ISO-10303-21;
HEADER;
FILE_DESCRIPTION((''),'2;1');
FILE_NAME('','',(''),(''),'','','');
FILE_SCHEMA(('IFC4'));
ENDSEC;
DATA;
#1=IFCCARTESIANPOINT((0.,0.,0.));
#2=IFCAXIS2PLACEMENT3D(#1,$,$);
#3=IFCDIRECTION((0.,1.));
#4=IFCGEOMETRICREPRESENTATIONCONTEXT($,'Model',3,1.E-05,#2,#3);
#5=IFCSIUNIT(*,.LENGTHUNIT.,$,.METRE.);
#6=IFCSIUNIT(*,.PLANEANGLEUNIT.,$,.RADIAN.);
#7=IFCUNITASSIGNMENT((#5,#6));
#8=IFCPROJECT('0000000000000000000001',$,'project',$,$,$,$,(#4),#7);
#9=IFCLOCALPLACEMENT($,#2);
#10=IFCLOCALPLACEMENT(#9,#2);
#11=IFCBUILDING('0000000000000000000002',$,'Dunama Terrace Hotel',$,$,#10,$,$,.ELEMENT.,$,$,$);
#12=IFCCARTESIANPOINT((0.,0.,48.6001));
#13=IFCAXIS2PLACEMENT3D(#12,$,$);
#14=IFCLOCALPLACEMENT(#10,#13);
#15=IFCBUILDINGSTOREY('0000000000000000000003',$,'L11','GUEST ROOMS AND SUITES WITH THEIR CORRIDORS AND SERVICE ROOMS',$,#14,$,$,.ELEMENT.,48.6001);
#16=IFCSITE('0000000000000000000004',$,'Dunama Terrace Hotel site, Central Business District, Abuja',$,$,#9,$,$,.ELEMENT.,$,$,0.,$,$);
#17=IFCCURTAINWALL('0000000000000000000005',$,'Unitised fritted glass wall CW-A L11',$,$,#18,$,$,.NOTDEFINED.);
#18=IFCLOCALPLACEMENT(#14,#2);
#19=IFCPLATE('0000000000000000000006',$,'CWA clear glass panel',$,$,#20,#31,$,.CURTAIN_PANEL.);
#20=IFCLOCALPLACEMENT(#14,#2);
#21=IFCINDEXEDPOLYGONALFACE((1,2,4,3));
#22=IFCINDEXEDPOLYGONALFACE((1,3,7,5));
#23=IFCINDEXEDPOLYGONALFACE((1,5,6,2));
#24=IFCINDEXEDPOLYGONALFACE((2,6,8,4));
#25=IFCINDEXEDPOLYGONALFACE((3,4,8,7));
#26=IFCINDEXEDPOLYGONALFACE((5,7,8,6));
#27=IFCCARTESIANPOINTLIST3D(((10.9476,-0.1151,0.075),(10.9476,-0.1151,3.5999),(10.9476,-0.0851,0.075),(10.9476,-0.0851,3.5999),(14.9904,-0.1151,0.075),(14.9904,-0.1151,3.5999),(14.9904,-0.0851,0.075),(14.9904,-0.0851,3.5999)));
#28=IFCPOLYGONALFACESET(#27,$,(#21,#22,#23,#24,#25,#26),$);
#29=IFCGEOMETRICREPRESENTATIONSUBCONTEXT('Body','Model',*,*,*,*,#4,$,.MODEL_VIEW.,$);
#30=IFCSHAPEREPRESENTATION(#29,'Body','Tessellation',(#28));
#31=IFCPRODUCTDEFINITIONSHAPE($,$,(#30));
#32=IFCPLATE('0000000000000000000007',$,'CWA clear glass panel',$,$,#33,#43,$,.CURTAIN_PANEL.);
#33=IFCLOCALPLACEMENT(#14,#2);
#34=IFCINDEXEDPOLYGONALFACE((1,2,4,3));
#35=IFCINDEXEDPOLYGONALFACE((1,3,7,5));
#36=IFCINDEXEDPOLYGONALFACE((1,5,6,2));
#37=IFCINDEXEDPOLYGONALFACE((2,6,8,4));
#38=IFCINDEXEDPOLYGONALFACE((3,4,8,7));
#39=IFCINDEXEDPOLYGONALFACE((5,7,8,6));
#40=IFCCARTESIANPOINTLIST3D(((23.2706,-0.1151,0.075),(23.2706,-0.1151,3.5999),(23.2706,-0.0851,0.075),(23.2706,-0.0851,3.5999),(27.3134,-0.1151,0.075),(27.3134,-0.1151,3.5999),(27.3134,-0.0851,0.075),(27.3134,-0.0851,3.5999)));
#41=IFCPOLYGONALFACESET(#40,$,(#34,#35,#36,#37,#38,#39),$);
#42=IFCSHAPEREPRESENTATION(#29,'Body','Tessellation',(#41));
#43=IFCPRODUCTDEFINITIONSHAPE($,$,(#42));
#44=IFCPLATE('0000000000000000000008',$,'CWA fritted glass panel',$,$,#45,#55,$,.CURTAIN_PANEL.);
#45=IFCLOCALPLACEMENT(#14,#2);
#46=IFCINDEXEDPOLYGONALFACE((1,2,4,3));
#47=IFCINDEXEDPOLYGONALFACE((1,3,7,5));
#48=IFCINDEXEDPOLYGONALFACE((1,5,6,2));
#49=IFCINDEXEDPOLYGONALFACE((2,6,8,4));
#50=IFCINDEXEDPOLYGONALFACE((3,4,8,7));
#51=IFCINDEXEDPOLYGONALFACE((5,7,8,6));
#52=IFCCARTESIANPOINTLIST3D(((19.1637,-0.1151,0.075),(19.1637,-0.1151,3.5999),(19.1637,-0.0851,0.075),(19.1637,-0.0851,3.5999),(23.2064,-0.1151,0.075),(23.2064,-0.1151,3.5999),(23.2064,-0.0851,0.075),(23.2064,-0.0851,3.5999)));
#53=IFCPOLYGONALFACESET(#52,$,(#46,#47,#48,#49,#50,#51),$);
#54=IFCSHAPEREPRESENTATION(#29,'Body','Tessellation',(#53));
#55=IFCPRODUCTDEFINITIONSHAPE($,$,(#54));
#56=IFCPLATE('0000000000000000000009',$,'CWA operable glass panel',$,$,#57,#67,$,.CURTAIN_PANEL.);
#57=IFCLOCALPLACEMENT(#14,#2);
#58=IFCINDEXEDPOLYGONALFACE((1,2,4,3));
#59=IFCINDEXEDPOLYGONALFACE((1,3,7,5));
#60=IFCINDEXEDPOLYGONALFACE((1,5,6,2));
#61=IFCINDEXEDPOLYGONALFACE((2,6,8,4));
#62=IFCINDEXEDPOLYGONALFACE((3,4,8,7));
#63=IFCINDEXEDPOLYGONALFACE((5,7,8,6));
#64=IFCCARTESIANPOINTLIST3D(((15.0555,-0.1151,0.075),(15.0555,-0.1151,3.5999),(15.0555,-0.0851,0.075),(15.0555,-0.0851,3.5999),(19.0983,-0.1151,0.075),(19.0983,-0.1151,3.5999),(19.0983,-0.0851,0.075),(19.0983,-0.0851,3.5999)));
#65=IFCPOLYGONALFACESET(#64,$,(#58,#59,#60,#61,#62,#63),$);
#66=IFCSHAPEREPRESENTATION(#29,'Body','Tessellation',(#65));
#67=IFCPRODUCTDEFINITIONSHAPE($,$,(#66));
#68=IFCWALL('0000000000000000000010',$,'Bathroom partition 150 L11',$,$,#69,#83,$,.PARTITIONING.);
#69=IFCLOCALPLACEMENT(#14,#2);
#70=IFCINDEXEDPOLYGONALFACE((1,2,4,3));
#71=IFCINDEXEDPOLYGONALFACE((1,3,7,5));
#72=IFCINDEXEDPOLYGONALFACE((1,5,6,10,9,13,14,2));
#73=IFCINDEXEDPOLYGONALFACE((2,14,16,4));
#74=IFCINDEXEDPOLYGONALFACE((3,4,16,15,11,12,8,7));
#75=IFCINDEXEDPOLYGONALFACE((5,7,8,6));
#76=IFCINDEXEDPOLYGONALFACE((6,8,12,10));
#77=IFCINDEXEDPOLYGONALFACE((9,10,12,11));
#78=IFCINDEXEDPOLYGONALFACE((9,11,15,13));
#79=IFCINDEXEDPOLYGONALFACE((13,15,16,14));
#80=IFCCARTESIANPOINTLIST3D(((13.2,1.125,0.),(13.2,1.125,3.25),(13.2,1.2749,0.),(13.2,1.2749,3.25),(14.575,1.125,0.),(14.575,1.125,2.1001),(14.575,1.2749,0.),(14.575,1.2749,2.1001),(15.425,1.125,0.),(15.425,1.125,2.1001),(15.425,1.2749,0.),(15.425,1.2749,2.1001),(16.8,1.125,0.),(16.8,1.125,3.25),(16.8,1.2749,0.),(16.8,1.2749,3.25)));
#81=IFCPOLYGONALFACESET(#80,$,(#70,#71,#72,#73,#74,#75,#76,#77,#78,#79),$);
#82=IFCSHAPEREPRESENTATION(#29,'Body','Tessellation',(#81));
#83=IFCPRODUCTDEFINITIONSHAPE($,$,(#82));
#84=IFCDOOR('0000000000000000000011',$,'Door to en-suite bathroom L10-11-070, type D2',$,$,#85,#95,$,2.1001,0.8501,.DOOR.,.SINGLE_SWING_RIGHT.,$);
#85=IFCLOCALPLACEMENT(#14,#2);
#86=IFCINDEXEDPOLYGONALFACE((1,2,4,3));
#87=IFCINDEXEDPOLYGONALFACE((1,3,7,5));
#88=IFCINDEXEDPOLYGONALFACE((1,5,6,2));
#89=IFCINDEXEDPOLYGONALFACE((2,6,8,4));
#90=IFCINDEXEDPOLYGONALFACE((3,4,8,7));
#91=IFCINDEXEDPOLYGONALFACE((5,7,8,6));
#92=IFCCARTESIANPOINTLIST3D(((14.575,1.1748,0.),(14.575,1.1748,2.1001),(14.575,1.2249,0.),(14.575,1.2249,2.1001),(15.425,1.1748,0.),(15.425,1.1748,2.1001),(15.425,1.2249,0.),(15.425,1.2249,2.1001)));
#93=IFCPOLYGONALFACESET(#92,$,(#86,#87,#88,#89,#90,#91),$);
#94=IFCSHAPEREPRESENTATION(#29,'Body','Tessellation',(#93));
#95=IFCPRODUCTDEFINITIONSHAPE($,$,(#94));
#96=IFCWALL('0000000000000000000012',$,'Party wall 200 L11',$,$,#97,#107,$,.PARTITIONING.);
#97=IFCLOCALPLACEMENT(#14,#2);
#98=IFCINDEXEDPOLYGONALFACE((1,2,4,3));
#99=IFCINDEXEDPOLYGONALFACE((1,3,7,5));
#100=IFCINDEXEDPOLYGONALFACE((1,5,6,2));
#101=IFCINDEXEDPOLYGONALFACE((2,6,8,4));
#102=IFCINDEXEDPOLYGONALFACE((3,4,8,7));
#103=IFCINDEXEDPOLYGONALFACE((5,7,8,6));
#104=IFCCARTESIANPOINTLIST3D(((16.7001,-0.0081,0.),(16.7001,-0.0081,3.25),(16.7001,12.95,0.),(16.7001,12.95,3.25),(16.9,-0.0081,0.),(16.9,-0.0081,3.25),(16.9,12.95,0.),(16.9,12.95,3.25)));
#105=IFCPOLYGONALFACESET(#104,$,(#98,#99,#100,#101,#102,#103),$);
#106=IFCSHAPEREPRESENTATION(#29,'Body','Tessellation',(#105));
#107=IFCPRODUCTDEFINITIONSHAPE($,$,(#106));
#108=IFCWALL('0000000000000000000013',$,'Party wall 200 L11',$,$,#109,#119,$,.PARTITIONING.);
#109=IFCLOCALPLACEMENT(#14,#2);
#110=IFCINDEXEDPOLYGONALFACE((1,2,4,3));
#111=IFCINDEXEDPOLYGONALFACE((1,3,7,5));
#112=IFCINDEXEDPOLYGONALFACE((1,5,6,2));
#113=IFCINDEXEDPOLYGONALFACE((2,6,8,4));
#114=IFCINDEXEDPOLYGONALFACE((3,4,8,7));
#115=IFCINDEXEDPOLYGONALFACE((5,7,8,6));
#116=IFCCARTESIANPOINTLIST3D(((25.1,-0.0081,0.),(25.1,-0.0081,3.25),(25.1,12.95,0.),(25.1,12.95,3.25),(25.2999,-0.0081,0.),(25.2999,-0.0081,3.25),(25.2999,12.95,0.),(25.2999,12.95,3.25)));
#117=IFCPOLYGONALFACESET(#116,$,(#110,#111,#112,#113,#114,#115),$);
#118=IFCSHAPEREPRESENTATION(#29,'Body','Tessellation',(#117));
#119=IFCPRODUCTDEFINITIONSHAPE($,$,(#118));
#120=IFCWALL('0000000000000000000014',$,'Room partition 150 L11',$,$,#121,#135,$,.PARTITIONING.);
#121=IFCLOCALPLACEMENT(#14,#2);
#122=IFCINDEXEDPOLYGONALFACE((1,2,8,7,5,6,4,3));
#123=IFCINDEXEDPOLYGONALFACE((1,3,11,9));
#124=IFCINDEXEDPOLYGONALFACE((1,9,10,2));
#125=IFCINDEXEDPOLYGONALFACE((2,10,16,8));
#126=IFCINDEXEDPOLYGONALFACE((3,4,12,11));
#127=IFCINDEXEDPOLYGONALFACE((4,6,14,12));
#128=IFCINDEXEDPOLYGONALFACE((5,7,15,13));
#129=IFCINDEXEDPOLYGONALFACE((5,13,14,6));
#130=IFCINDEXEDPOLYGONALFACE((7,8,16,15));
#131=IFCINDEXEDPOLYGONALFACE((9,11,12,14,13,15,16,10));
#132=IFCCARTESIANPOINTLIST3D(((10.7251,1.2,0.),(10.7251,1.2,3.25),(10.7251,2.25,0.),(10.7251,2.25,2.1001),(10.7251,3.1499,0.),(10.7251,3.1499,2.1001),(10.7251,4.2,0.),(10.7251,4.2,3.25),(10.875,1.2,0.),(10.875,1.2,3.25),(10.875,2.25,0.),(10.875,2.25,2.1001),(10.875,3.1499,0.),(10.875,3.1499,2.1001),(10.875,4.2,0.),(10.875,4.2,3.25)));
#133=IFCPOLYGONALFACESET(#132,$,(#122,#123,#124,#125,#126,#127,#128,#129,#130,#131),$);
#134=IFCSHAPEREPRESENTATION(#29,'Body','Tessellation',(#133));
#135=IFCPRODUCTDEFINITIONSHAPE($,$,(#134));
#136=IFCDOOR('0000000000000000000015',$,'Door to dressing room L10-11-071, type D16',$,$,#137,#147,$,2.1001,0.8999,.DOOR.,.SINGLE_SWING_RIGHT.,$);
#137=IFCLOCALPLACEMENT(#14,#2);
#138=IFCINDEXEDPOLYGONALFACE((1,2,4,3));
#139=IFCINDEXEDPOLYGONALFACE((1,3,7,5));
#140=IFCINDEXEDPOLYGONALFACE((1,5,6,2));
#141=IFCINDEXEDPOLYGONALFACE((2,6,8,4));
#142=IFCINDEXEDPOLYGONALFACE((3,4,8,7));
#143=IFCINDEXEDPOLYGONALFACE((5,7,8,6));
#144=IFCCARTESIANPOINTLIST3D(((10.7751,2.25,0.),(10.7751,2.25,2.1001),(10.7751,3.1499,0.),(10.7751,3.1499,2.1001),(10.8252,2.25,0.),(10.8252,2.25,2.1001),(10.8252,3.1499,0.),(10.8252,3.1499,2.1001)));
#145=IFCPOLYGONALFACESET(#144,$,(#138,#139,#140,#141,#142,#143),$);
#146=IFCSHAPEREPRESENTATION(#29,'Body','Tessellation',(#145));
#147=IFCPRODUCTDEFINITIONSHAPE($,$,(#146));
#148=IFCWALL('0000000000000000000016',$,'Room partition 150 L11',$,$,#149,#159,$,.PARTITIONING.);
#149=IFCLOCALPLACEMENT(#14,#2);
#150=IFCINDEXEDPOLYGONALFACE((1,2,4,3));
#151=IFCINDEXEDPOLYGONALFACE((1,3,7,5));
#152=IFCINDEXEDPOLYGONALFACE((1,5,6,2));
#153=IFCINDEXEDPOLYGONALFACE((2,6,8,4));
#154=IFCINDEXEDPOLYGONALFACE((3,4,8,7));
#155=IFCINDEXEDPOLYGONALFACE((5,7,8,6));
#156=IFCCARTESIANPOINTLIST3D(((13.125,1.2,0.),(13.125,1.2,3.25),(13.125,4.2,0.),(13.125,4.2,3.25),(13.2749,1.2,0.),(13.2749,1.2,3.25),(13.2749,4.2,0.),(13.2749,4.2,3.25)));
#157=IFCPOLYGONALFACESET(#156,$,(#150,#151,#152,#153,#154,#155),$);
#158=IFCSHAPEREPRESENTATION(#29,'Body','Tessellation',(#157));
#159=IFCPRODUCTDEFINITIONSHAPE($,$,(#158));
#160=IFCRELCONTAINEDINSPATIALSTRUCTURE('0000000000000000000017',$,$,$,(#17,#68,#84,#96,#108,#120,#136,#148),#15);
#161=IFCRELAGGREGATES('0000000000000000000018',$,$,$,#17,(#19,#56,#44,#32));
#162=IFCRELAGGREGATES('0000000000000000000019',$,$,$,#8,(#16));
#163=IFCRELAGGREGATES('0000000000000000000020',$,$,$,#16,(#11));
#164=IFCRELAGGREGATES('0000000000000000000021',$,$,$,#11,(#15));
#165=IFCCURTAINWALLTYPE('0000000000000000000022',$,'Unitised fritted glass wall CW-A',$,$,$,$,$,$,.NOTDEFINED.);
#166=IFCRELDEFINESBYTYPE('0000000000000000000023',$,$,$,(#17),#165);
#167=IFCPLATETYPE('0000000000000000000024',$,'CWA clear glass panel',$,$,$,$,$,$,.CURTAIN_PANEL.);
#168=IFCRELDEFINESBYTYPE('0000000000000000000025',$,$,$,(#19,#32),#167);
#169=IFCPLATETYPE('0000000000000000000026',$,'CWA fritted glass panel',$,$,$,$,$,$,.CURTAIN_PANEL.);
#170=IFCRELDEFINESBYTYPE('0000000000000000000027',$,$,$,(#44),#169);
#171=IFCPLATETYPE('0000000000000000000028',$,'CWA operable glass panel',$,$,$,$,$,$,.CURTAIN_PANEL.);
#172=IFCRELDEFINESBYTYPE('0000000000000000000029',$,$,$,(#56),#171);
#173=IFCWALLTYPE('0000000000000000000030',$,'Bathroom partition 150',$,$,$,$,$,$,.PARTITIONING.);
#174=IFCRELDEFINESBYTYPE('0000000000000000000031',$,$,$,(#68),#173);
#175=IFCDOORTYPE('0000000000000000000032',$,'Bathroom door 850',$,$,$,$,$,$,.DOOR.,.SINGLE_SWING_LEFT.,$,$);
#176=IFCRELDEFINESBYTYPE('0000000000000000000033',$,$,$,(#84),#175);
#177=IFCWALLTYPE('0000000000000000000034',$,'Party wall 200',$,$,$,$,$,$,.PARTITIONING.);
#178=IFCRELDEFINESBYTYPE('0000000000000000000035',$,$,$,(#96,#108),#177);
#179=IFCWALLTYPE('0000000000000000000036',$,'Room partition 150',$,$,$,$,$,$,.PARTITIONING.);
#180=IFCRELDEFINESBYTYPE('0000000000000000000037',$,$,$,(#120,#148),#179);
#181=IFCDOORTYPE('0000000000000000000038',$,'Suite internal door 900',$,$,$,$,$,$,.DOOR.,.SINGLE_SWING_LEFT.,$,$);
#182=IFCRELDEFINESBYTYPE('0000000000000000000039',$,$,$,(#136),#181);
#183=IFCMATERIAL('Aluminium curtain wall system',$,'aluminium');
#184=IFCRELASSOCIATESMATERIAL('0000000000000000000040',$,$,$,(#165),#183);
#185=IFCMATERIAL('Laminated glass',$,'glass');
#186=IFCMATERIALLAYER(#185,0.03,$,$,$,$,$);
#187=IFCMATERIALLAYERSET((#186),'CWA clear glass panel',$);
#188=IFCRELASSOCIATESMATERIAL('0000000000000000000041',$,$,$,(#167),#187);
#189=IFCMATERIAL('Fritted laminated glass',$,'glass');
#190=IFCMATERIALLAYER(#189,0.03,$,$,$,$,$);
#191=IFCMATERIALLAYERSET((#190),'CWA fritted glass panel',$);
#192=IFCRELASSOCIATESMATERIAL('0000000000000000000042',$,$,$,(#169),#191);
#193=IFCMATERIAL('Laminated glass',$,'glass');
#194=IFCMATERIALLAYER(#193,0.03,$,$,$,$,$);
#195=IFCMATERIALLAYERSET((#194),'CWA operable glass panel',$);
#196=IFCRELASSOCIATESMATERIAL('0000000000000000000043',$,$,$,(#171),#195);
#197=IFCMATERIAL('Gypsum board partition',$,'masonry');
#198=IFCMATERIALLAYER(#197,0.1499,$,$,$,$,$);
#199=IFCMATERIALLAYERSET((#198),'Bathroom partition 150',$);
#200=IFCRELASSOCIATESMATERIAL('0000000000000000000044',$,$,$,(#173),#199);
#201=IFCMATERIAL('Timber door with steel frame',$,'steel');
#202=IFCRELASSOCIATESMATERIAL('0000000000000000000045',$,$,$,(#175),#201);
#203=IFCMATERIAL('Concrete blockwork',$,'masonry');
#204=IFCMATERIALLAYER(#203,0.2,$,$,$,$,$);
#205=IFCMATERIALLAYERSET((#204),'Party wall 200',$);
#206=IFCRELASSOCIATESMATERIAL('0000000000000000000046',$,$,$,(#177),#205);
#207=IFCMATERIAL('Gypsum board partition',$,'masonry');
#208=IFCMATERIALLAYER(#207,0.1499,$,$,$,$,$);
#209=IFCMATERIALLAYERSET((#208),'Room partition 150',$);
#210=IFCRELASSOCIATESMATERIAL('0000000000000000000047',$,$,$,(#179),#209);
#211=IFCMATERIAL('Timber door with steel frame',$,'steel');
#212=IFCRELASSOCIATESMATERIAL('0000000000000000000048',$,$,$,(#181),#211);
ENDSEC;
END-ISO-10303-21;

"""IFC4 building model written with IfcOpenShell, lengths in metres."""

from ifc_helpers import new_model, si_unit, direction, frame, frame_2d, origin, origin_2d, place, context, subcontext, project, spatial, rectangle, extrude, material, layer, layer_set, type_object, element, fill, aggregate, save


model = new_model("IFC4")

# Units and contexts
model_context = context("Model", 3, precision=1e-05, world=origin(), true_north=direction((0.0, 1.0)))
body_context = subcontext(model_context, "Body", "Model", "MODEL_VIEW")
ifc_project = project(units=[si_unit("LENGTHUNIT", "METRE"), si_unit("PLANEANGLEUNIT", "RADIAN")], contexts=[model_context])

# Site, building, storey
site_placement = place(None, origin())
site = spatial("IfcSite", under=ifc_project, at=site_placement, Name="Dunama Terrace Hotel site, Central Business District, Abuja", CompositionType="ELEMENT", RefElevation=0.0)
building_placement = place(site_placement, origin())
building = spatial("IfcBuilding", under=site, at=building_placement, Name="Dunama Terrace Hotel", CompositionType="ELEMENT")
storey_placement = place(building_placement, frame((0.0, 0.0, 48.6001)))
storey = spatial("IfcBuildingStorey", under=building, at=storey_placement, Name="L11", Description="GUEST ROOMS AND SUITES WITH THEIR CORRIDORS AND SERVICE ROOMS", CompositionType="ELEMENT", Elevation=48.6001)

# Curtain wall
ifc_material_1 = material(Name="Aluminium curtain wall system", Category="aluminium")
curtain_wall_type = type_object("IfcCurtainWallType", Name="Unitised fritted glass wall CW-A", PredefinedType="NOTDEFINED", material=ifc_material_1)
curtain_wall_placement = place(storey_placement, origin())
curtain_wall = element("IfcCurtainWall", 1, at=curtain_wall_placement, inside=storey, type_object=curtain_wall_type, Name="Unitised fritted glass wall CW-A L11", PredefinedType="NOTDEFINED")

# Plates
ifc_material_2 = material(Name="Laminated glass", Category="glass")
ifc_layer_1 = layer(ifc_material_2, 0.03)
ifc_layer_set_1 = layer_set([ifc_layer_1], Name="CWA clear glass panel")
plate_type_1 = type_object("IfcPlateType", Name="CWA clear glass panel", PredefinedType="CURTAIN_PANEL", material=ifc_layer_set_1)
plate_1_placement = place(storey_placement, frame((12.969, -0.1001, 0.075), z_axis=(0.0, 0.0, 1.0), x_axis=(1.0, 0.0, 0.0)))
plate_1 = element("IfcPlate", 2, at=plate_1_placement, type_object=plate_type_1, Name="CWA clear glass panel", PredefinedType="CURTAIN_PANEL", context=body_context, shape_type="SweptSolid", body=[
    extrude(rectangle(XDim=4.0427, YDim=0.03, at=origin_2d()), origin(), (0.0, 0.0, 1.0), 3.5249),
])
plate_2_placement = place(storey_placement, frame((25.292, -0.1001, 0.075), z_axis=(0.0, 0.0, 1.0), x_axis=(1.0, 0.0, 0.0)))
plate_2 = element("IfcPlate", 3, at=plate_2_placement, type_object=plate_type_1, Name="CWA clear glass panel", PredefinedType="CURTAIN_PANEL", context=body_context, shape_type="SweptSolid", body=[
    extrude(rectangle(XDim=4.0427, YDim=0.03, at=origin_2d()), origin(), (0.0, 0.0, 1.0), 3.5249),
])
ifc_material_3 = material(Name="Fritted laminated glass", Category="glass")
ifc_layer_2 = layer(ifc_material_3, 0.03)
ifc_layer_set_2 = layer_set([ifc_layer_2], Name="CWA fritted glass panel")
plate_type_2 = type_object("IfcPlateType", Name="CWA fritted glass panel", PredefinedType="CURTAIN_PANEL", material=ifc_layer_set_2)
plate_3_placement = place(storey_placement, frame((21.1851, -0.1001, 0.075), z_axis=(0.0, 0.0, 1.0), x_axis=(1.0, 0.0, 0.0)))
plate_3 = element("IfcPlate", 4, at=plate_3_placement, type_object=plate_type_2, Name="CWA fritted glass panel", PredefinedType="CURTAIN_PANEL", context=body_context, shape_type="SweptSolid", body=[
    extrude(rectangle(XDim=4.0427, YDim=0.03, at=origin_2d()), origin(), (0.0, 0.0, 1.0), 3.5249),
])
ifc_material_4 = material(Name="Laminated glass", Category="glass")
ifc_layer_3 = layer(ifc_material_4, 0.03)
ifc_layer_set_3 = layer_set([ifc_layer_3], Name="CWA operable glass panel")
plate_type_3 = type_object("IfcPlateType", Name="CWA operable glass panel", PredefinedType="CURTAIN_PANEL", material=ifc_layer_set_3)
plate_4_placement = place(storey_placement, frame((17.0769, -0.1001, 0.075), z_axis=(0.0, 0.0, 1.0), x_axis=(1.0, 0.0, 0.0)))
plate_4 = element("IfcPlate", 5, at=plate_4_placement, type_object=plate_type_3, Name="CWA operable glass panel", PredefinedType="CURTAIN_PANEL", context=body_context, shape_type="SweptSolid", body=[
    extrude(rectangle(XDim=4.0427, YDim=0.03, at=origin_2d()), origin(), (0.0, 0.0, 1.0), 3.5249),
])
aggregate(curtain_wall, [plate_1, plate_4, plate_3, plate_2])

# Wall, opening, door
ifc_material_5 = material(Name="Gypsum board partition", Category="masonry")
ifc_layer_4 = layer(ifc_material_5, 0.1499)
ifc_layer_set_4 = layer_set([ifc_layer_4], Name="Bathroom partition 150")
wall_type_1 = type_object("IfcWallType", Name="Bathroom partition 150", PredefinedType="PARTITIONING", material=ifc_layer_set_4)
wall_1_placement = place(storey_placement, frame((13.2, 1.2, 0.0), z_axis=(0.0, 0.0, 1.0), x_axis=(1.0, 0.0, 0.0)))
wall_1 = element("IfcWall", 6, at=wall_1_placement, inside=storey, type_object=wall_type_1, Name="Bathroom partition 150 L11", PredefinedType="PARTITIONING", context=body_context, shape_type="SweptSolid", body=[
    extrude(rectangle(XDim=3.6001, YDim=0.1499, at=frame_2d((1.8, 0.0))), origin(), (0.0, 0.0, 1.0), 3.25),
])
opening_1_placement = place(wall_1_placement, frame((1.375, 0.0, 0.0)))
opening_1 = element("IfcOpeningElement", 7, at=opening_1_placement, cuts=wall_1, PredefinedType="OPENING", context=body_context, shape_type="SweptSolid", body=[
    extrude(rectangle(XDim=0.8501, YDim=2.1001, at=frame_2d((0.425, 1.05))), frame((0.0, 0.085, 0.0), z_axis=(0.0, -1.0, 0.0), x_axis=(1.0, 0.0, 0.0)), (0.0, 0.0, 1.0), 0.1699),
])
ifc_material_6 = material(Name="Timber door with steel frame", Category="steel")
door_type_1 = type_object("IfcDoorType", Name="Bathroom door 850", OperationType="SINGLE_SWING_LEFT", PredefinedType="DOOR", material=ifc_material_6)
door_1_placement = place(opening_1_placement, origin())
door_1 = element("IfcDoor", 8, at=door_1_placement, inside=storey, type_object=door_type_1, Name="Door to en-suite bathroom L10-11-070, type D2", OperationType="SINGLE_SWING_RIGHT", OverallHeight=2.1001, OverallWidth=0.8501, PredefinedType="DOOR", context=body_context, shape_type="SweptSolid", body=[
    extrude(rectangle(XDim=0.8501, YDim=2.1001, at=frame_2d((0.425, 1.05))), frame((0.0, 0.0249, 0.0), z_axis=(0.0, -1.0, 0.0), x_axis=(1.0, 0.0, 0.0)), (0.0, 0.0, 1.0), 0.05),
])
fill(opening_1, door_1)

# Walls
ifc_material_7 = material(Name="Concrete blockwork", Category="masonry")
ifc_layer_5 = layer(ifc_material_7, 0.2)
ifc_layer_set_5 = layer_set([ifc_layer_5], Name="Party wall 200")
wall_type_2 = type_object("IfcWallType", Name="Party wall 200", PredefinedType="PARTITIONING", material=ifc_layer_set_5)
for number, where, z_axis, x_axis, name in (
    (9, (16.8, -0.0081, 0.0), (0.0, 0.0, 1.0), (0.0, 1.0, 0.0), "Party wall 200 L11"),
    (10, (25.2, -0.0081, 0.0), (0.0, 0.0, 1.0), (0.0, 1.0, 0.0), "Party wall 200 L11"),
):
    element("IfcWall", number, at=place(storey_placement, frame(where, z_axis=z_axis, x_axis=x_axis)), inside=storey, type_object=wall_type_2, Name=name, PredefinedType="PARTITIONING", context=body_context, shape_type="SweptSolid", body=[
        extrude(rectangle(XDim=12.958, YDim=0.2, at=frame_2d((6.479, 0.0))), origin(), (0.0, 0.0, 1.0), 3.25),
    ])

# Wall, opening, door
ifc_material_8 = material(Name="Gypsum board partition", Category="masonry")
ifc_layer_6 = layer(ifc_material_8, 0.1499)
ifc_layer_set_6 = layer_set([ifc_layer_6], Name="Room partition 150")
wall_type_3 = type_object("IfcWallType", Name="Room partition 150", PredefinedType="PARTITIONING", material=ifc_layer_set_6)
wall_2_placement = place(storey_placement, frame((10.8, 1.2, 0.0), z_axis=(0.0, 0.0, 1.0), x_axis=(0.0, 1.0, 0.0)))
wall_2 = element("IfcWall", 11, at=wall_2_placement, inside=storey, type_object=wall_type_3, Name="Room partition 150 L11", PredefinedType="PARTITIONING", context=body_context, shape_type="SweptSolid", body=[
    extrude(rectangle(XDim=3.0, YDim=0.1499, at=frame_2d((1.5, 0.0))), origin(), (0.0, 0.0, 1.0), 3.25),
])
opening_2_placement = place(wall_2_placement, frame((1.05, 0.0, 0.0)))
opening_2 = element("IfcOpeningElement", 12, at=opening_2_placement, cuts=wall_2, PredefinedType="OPENING", context=body_context, shape_type="SweptSolid", body=[
    extrude(rectangle(XDim=0.8999, YDim=2.1001, at=frame_2d((0.45, 1.05))), frame((0.0, 0.085, 0.0), z_axis=(0.0, -1.0, 0.0), x_axis=(1.0, 0.0, 0.0)), (0.0, 0.0, 1.0), 0.1699),
])
ifc_material_9 = material(Name="Timber door with steel frame", Category="steel")
door_type_2 = type_object("IfcDoorType", Name="Suite internal door 900", OperationType="SINGLE_SWING_LEFT", PredefinedType="DOOR", material=ifc_material_9)
door_2_placement = place(opening_2_placement, frame((0.8999, 0.0, 0.0), z_axis=(0.0, 0.0, 1.0), x_axis=(-1.0, 0.0, 0.0)))
door_2 = element("IfcDoor", 13, at=door_2_placement, inside=storey, type_object=door_type_2, Name="Door to dressing room L10-11-071, type D16", OperationType="SINGLE_SWING_RIGHT", OverallHeight=2.1001, OverallWidth=0.8999, PredefinedType="DOOR", context=body_context, shape_type="SweptSolid", body=[
    extrude(rectangle(XDim=0.8999, YDim=2.1001, at=frame_2d((0.45, 1.05))), frame((0.0, 0.0251, 0.0), z_axis=(0.0, -1.0, 0.0), x_axis=(1.0, 0.0, 0.0)), (0.0, 0.0, 1.0), 0.05),
])
fill(opening_2, door_2)

# Wall
wall_3_placement = place(storey_placement, frame((13.2, 1.2, 0.0), z_axis=(0.0, 0.0, 1.0), x_axis=(0.0, 1.0, 0.0)))
element("IfcWall", 14, at=wall_3_placement, inside=storey, type_object=wall_type_3, Name="Room partition 150 L11", PredefinedType="PARTITIONING", context=body_context, shape_type="SweptSolid", body=[
    extrude(rectangle(XDim=3.0, YDim=0.1499, at=frame_2d((1.5, 0.0))), origin(), (0.0, 0.0, 1.0), 3.25),
])

save(model, "model.ifc")
